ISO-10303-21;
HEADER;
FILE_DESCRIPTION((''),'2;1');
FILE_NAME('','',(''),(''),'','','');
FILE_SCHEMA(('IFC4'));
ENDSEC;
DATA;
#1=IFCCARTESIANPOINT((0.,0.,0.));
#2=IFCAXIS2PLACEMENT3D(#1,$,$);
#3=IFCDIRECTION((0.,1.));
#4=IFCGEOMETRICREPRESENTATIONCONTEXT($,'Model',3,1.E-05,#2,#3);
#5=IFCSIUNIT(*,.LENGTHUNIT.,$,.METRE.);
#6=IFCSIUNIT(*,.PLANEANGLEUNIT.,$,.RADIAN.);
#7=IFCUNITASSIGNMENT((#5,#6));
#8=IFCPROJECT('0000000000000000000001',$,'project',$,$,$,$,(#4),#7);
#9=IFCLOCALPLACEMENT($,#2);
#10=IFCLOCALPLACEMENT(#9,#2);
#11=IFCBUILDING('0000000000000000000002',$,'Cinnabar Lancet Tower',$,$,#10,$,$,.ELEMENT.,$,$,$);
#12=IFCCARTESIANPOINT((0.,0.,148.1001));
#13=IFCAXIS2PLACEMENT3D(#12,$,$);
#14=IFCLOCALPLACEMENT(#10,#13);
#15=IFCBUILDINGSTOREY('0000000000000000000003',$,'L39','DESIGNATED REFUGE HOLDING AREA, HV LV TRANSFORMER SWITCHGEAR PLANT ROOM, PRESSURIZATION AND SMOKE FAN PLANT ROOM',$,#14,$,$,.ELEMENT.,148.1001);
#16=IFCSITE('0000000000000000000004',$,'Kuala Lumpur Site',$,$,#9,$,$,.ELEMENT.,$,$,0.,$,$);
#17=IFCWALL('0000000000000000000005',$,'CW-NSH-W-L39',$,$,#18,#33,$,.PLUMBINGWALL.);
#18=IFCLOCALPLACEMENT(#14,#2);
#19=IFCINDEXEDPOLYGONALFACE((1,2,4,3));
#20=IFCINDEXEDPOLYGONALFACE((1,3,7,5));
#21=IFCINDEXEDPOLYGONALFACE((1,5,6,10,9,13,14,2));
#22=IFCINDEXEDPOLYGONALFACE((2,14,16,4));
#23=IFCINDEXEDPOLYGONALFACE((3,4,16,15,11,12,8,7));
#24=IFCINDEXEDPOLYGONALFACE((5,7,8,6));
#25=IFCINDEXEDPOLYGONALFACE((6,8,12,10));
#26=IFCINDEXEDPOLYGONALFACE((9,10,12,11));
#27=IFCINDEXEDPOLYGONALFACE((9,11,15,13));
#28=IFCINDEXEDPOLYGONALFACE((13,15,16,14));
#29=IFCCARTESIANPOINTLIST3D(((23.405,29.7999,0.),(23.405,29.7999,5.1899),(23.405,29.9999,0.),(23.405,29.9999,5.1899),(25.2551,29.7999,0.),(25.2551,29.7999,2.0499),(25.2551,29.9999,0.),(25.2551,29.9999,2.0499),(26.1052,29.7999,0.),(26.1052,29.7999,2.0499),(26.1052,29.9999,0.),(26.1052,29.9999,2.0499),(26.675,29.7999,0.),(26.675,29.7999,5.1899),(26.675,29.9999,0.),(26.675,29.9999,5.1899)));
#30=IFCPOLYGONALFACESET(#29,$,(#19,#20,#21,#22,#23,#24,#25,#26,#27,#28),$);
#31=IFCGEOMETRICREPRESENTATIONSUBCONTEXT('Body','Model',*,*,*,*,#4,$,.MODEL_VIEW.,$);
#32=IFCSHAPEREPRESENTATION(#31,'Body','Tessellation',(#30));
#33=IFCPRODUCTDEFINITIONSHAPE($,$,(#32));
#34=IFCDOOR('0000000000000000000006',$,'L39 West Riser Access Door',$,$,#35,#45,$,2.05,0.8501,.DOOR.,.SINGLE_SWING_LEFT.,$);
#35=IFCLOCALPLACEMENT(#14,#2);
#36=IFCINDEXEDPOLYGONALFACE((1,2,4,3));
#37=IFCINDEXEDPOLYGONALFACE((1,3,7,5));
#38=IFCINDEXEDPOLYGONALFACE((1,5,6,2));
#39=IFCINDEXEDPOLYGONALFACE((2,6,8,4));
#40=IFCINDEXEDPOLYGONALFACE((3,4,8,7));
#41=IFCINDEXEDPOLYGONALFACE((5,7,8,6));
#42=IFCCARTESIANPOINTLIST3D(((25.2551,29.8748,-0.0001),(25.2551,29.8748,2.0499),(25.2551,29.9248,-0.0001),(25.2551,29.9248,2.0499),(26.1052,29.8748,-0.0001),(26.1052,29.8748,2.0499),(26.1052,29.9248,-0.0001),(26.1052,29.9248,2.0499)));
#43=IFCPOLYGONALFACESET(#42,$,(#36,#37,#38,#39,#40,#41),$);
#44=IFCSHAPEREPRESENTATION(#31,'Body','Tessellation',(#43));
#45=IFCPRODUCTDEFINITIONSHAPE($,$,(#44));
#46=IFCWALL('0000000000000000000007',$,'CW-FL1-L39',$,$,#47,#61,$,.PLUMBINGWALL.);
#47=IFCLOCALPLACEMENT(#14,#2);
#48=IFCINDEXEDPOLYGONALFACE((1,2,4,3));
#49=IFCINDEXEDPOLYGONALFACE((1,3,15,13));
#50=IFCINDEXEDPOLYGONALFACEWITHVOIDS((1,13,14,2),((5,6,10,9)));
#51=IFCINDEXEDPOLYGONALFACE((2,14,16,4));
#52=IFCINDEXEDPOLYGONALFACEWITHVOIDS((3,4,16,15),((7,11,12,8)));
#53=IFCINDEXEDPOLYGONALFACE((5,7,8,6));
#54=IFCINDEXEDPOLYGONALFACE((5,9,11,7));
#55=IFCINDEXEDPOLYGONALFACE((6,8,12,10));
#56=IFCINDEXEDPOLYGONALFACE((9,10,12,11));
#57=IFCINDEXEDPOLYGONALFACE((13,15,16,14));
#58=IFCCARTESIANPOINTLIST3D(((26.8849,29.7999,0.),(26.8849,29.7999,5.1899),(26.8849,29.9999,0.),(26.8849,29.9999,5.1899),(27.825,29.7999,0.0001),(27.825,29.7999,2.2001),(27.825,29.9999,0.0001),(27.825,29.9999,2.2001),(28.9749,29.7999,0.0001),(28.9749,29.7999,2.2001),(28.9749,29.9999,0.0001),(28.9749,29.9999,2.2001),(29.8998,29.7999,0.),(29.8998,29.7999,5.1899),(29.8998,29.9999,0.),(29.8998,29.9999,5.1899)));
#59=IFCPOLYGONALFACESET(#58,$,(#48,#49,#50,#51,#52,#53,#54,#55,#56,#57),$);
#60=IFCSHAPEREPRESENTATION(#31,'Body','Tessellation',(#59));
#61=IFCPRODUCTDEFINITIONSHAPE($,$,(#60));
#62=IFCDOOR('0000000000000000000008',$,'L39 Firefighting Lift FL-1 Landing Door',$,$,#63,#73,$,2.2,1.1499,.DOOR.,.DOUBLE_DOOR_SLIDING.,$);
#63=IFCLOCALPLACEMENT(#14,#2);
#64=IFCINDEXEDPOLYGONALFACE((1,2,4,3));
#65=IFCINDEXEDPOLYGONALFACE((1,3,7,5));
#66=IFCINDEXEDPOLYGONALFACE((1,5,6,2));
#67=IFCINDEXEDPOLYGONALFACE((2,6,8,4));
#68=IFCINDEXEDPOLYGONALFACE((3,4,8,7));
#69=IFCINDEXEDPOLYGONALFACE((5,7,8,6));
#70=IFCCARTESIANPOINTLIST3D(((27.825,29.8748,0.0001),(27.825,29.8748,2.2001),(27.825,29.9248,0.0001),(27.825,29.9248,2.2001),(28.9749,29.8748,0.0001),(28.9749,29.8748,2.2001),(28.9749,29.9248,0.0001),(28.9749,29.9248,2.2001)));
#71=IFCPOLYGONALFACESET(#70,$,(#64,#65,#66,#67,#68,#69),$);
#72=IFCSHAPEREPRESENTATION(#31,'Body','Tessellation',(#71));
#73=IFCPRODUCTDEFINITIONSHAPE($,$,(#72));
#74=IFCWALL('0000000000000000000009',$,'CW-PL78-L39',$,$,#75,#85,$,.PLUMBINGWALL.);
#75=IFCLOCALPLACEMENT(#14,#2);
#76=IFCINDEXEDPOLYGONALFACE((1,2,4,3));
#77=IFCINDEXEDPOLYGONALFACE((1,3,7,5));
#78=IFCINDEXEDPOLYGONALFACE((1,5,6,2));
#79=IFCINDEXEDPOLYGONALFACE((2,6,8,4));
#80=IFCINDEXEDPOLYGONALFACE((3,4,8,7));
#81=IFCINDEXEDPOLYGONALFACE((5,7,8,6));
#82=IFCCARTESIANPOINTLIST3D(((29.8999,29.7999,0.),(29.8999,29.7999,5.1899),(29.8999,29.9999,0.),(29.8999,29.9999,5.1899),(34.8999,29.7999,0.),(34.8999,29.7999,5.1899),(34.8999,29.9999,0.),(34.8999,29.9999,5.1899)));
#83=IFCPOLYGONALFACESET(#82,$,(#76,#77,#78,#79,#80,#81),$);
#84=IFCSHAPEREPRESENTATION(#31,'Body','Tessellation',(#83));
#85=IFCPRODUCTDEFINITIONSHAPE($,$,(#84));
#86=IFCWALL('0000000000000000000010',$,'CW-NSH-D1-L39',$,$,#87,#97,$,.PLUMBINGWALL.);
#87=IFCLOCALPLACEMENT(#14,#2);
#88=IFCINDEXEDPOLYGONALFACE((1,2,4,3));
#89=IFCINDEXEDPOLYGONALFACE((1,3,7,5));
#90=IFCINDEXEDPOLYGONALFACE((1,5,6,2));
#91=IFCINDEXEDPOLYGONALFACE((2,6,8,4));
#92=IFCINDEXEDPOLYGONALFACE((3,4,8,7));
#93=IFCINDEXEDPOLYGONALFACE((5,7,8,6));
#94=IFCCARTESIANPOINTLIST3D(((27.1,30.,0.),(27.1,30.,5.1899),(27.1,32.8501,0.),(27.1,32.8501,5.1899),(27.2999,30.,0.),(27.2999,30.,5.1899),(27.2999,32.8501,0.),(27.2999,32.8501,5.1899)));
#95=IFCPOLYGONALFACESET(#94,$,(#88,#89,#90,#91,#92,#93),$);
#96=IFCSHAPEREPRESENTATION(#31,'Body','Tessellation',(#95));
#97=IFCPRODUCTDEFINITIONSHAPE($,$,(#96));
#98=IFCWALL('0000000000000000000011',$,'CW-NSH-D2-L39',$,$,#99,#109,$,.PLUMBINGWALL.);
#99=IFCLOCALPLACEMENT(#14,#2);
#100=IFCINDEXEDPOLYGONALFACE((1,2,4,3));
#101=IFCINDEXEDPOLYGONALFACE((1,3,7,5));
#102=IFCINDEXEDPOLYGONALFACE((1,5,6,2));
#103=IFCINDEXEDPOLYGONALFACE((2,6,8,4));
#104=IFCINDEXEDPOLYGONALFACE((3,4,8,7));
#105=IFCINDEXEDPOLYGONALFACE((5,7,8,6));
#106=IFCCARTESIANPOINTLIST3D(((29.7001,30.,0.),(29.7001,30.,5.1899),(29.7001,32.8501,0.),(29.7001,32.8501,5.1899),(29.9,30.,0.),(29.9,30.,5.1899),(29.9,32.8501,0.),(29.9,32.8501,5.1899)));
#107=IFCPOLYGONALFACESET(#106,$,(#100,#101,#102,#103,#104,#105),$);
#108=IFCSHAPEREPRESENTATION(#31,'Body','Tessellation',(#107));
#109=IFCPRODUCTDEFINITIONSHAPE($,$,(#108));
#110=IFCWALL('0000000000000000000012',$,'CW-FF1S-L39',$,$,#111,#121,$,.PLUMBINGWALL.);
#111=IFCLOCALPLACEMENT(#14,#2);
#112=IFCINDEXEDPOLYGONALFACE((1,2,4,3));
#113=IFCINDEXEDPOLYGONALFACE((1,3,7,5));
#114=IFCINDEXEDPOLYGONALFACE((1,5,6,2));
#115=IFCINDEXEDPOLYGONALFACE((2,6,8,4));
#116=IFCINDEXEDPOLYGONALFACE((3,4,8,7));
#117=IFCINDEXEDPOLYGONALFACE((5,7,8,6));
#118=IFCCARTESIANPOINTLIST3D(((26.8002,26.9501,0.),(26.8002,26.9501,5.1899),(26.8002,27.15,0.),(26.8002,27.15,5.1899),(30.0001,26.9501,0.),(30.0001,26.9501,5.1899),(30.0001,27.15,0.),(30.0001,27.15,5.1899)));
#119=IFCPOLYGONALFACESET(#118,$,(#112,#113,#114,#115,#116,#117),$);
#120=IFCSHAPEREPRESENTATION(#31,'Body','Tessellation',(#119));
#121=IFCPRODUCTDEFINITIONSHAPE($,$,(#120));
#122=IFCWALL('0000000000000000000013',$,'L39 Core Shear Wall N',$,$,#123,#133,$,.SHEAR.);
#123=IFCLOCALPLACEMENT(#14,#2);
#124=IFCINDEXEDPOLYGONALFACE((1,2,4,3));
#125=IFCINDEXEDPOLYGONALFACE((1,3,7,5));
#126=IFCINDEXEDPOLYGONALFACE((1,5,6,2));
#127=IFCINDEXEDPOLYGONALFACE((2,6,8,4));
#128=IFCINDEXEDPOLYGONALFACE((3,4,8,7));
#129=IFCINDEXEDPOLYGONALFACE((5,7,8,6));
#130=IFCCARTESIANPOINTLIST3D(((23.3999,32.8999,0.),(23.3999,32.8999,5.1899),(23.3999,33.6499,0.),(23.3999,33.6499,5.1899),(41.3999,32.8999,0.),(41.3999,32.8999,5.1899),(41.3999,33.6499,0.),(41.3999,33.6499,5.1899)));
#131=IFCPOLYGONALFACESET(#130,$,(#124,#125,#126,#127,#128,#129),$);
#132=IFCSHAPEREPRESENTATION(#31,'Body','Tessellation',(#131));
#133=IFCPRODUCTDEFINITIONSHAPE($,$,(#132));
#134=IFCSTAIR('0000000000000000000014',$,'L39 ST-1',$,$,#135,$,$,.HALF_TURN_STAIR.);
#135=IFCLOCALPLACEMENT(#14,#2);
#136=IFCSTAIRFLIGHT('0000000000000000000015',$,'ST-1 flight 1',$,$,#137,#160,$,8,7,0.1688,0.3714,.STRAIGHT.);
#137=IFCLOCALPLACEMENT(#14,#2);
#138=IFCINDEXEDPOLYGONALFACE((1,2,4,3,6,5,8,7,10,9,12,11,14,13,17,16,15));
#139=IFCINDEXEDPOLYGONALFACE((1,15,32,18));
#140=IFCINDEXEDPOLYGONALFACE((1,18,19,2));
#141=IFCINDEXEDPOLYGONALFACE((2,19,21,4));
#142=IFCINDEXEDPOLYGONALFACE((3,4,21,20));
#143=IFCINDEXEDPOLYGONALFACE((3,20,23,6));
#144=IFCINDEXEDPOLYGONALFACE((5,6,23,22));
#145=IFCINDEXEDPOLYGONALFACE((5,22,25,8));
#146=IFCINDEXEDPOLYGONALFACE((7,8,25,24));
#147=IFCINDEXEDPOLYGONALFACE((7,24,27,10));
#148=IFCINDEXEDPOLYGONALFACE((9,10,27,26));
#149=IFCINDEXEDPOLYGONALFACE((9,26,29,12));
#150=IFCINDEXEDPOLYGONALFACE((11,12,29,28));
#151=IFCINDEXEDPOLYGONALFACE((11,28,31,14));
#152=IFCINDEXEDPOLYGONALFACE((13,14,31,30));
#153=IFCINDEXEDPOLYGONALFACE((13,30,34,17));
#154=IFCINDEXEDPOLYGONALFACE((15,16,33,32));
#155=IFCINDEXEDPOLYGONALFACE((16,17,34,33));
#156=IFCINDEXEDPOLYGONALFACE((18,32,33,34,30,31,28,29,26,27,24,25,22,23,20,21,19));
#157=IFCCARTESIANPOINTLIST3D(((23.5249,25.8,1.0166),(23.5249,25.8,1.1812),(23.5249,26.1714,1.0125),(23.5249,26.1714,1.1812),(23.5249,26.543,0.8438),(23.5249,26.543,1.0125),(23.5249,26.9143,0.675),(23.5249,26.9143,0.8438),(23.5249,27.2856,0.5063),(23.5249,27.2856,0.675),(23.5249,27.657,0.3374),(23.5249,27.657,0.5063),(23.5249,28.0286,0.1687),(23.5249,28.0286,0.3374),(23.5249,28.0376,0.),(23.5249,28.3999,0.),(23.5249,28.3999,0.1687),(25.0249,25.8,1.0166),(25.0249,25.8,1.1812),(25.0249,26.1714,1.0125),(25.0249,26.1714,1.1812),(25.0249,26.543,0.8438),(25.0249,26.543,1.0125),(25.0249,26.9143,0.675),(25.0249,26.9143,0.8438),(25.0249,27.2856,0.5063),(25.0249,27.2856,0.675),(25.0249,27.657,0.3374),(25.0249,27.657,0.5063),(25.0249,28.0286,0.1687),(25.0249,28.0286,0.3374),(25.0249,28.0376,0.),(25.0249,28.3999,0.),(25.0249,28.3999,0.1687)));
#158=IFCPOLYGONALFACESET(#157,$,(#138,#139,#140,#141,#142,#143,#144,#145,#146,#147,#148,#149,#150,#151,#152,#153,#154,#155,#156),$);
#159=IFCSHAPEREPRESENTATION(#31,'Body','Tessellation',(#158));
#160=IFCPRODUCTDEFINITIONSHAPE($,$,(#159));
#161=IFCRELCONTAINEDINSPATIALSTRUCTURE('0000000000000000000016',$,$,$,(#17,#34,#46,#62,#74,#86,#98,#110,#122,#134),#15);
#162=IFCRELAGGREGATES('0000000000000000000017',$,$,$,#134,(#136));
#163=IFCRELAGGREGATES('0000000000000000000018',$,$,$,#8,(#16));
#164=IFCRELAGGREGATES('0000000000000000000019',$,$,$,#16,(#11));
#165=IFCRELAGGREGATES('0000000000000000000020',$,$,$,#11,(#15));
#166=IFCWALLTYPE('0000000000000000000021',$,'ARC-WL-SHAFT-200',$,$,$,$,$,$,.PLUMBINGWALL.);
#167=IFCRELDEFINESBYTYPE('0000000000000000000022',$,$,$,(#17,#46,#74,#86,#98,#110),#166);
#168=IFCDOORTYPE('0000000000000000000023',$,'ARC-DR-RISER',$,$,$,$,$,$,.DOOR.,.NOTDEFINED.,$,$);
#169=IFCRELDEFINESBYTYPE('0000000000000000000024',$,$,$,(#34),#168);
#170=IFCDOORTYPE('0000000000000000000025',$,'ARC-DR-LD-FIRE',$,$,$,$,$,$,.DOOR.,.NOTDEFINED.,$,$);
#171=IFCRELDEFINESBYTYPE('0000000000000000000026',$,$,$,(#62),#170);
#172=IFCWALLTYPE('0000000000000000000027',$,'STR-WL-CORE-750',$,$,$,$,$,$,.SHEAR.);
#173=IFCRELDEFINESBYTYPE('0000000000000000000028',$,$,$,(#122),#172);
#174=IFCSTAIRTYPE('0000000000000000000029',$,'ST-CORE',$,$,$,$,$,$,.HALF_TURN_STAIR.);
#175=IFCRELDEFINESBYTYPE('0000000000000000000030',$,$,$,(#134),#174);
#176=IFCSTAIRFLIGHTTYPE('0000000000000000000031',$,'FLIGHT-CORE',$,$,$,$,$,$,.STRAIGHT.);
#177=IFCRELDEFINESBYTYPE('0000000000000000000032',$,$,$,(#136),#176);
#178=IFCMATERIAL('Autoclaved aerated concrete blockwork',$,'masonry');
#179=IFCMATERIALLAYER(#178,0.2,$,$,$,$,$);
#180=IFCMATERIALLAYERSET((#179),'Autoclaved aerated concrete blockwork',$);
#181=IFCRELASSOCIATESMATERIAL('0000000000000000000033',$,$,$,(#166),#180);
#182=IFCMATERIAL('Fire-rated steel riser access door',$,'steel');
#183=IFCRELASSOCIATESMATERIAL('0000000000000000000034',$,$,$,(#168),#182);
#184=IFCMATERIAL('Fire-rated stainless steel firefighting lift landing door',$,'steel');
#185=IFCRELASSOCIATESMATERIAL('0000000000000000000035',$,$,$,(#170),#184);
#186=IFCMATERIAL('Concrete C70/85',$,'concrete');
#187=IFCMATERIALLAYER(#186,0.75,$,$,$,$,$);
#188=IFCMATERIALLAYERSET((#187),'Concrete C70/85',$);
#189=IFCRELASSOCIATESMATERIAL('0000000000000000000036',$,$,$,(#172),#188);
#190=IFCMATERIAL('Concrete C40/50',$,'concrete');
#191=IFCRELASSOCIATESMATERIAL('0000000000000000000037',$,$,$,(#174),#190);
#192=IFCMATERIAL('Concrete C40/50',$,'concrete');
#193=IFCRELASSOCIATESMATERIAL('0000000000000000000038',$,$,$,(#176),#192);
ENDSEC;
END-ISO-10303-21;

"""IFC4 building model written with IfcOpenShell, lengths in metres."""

from ifc_helpers import new_model, si_unit, direction, frame, frame_2d, origin, place, context, subcontext, project, spatial, polyline, rectangle, outline, extrude, material, layer, layer_set, type_object, element, fill, aggregate, save


model = new_model("IFC4")

# Units and contexts
model_context = context("Model", 3, precision=1e-05, world=origin(), true_north=direction((0.0, 1.0)))
body_context = subcontext(model_context, "Body", "Model", "MODEL_VIEW")
ifc_project = project(units=[si_unit("LENGTHUNIT", "METRE"), si_unit("PLANEANGLEUNIT", "RADIAN")], contexts=[model_context])

# Site, building, storey
site_placement = place(None, origin())
site = spatial("IfcSite", under=ifc_project, at=site_placement, Name="Kuala Lumpur Site", CompositionType="ELEMENT", RefElevation=0.0)
building_placement = place(site_placement, origin())
building = spatial("IfcBuilding", under=site, at=building_placement, Name="Cinnabar Lancet Tower", CompositionType="ELEMENT")
storey_placement = place(building_placement, frame((0.0, 0.0, 148.1001)))
storey = spatial("IfcBuildingStorey", under=building, at=storey_placement, Name="L39", Description="DESIGNATED REFUGE HOLDING AREA, HV LV TRANSFORMER SWITCHGEAR PLANT ROOM, PRESSURIZATION AND SMOKE FAN PLANT ROOM", CompositionType="ELEMENT", Elevation=148.1001)

# Walls, openings, doors
ifc_material_1 = material(Name="Autoclaved aerated concrete blockwork", Category="masonry")
ifc_layer_1 = layer(ifc_material_1, 0.2)
ifc_layer_set_1 = layer_set([ifc_layer_1], Name="Autoclaved aerated concrete blockwork")
wall_type_1 = type_object("IfcWallType", Name="ARC-WL-SHAFT-200", PredefinedType="PLUMBINGWALL", material=ifc_layer_set_1)
wall_1_placement = place(storey_placement, frame((23.405, 29.8999, 0.0), z_axis=(0.0, 0.0, 1.0), x_axis=(1.0, 0.0, 0.0)))
wall_1 = element("IfcWall", 1, at=wall_1_placement, inside=storey, type_object=wall_type_1, Name="CW-NSH-W-L39", PredefinedType="PLUMBINGWALL", context=body_context, shape_type="SweptSolid", body=[
    extrude(rectangle(XDim=3.27, YDim=0.2, at=frame_2d((1.635, 0.0))), origin(), (0.0, 0.0, 1.0), 5.1899),
])
opening_1_placement = place(wall_1_placement, frame((1.8501, 0.0, 0.0)))
opening_1 = element("IfcOpeningElement", 2, at=opening_1_placement, cuts=wall_1, PredefinedType="OPENING", context=body_context, shape_type="SweptSolid", body=[
    extrude(rectangle(XDim=0.8501, YDim=2.05, at=frame_2d((0.425, 1.0249))), frame((0.0, 0.1099, 0.0), z_axis=(0.0, -1.0, 0.0), x_axis=(1.0, 0.0, 0.0)), (0.0, 0.0, 1.0), 0.22),
])
ifc_material_2 = material(Name="Fire-rated steel riser access door", Category="steel")
door_type_1 = type_object("IfcDoorType", Name="ARC-DR-RISER", OperationType="NOTDEFINED", PredefinedType="DOOR", material=ifc_material_2)
door_1_placement = place(opening_1_placement, origin())
door_1 = element("IfcDoor", 3, at=door_1_placement, inside=storey, type_object=door_type_1, Name="L39 West Riser Access Door", OperationType="SINGLE_SWING_LEFT", OverallHeight=2.05, OverallWidth=0.8501, PredefinedType="DOOR", context=body_context, shape_type="SweptSolid", body=[
    extrude(rectangle(XDim=0.8501, YDim=2.05, at=frame_2d((0.425, 1.0249))), frame((0.0, 0.0249, 0.0), z_axis=(0.0, -1.0, 0.0), x_axis=(1.0, 0.0, 0.0)), (0.0, 0.0, 1.0), 0.05),
])
fill(opening_1, door_1)
wall_2_placement = place(storey_placement, frame((26.885, 29.8999, 0.0), z_axis=(0.0, 0.0, 1.0), x_axis=(1.0, 0.0, 0.0)))
wall_2 = element("IfcWall", 4, at=wall_2_placement, inside=storey, type_object=wall_type_1, Name="CW-FL1-L39", PredefinedType="PLUMBINGWALL", context=body_context, shape_type="SweptSolid", body=[
    extrude(rectangle(XDim=3.0149, YDim=0.2, at=frame_2d((1.5073, 0.0))), origin(), (0.0, 0.0, 1.0), 5.1899),
])
opening_2_placement = place(wall_2_placement, frame((0.9399, 0.0, 0.0)))
opening_2 = element("IfcOpeningElement", 5, at=opening_2_placement, cuts=wall_2, PredefinedType="OPENING", context=body_context, shape_type="SweptSolid", body=[
    extrude(rectangle(XDim=1.1499, YDim=2.2, at=frame_2d((0.575, 1.1001))), frame((0.0, 0.1099, 0.0), z_axis=(0.0, -1.0, 0.0), x_axis=(1.0, 0.0, 0.0)), (0.0, 0.0, 1.0), 0.22),
])
ifc_material_3 = material(Name="Fire-rated stainless steel firefighting lift landing door", Category="steel")
door_type_2 = type_object("IfcDoorType", Name="ARC-DR-LD-FIRE", OperationType="NOTDEFINED", PredefinedType="DOOR", material=ifc_material_3)
door_2_placement = place(opening_2_placement, origin())
door_2 = element("IfcDoor", 6, at=door_2_placement, inside=storey, type_object=door_type_2, Name="L39 Firefighting Lift FL-1 Landing Door", OperationType="DOUBLE_DOOR_SLIDING", OverallHeight=2.2, OverallWidth=1.1499, PredefinedType="DOOR", context=body_context, shape_type="SweptSolid", body=[
    extrude(rectangle(XDim=1.1499, YDim=2.2, at=frame_2d((0.575, 1.1001))), frame((0.0, 0.0249, 0.0), z_axis=(0.0, -1.0, 0.0), x_axis=(1.0, 0.0, 0.0)), (0.0, 0.0, 1.0), 0.05),
])
fill(opening_2, door_2)

# Walls
wall_3_placement = place(storey_placement, frame((29.8999, 29.8999, 0.0), z_axis=(0.0, 0.0, 1.0), x_axis=(1.0, 0.0, 0.0)))
element("IfcWall", 7, at=wall_3_placement, inside=storey, type_object=wall_type_1, Name="CW-PL78-L39", PredefinedType="PLUMBINGWALL", context=body_context, shape_type="SweptSolid", body=[
    extrude(rectangle(XDim=5.0, YDim=0.2, at=frame_2d((2.5, 0.0))), origin(), (0.0, 0.0, 1.0), 5.1899),
])
for number, where, z_axis, x_axis, name in (
    (8, (27.2, 30.0, 0.0), (0.0, 0.0, 1.0), (0.0, 1.0, 0.0), "CW-NSH-D1-L39"),
    (9, (29.8, 30.0, 0.0), (0.0, 0.0, 1.0), (0.0, 1.0, 0.0), "CW-NSH-D2-L39"),
):
    element("IfcWall", number, at=place(storey_placement, frame(where, z_axis=z_axis, x_axis=x_axis)), inside=storey, type_object=wall_type_1, Name=name, PredefinedType="PLUMBINGWALL", context=body_context, shape_type="SweptSolid", body=[
        extrude(rectangle(XDim=2.8501, YDim=0.2, at=frame_2d((1.425, 0.0))), origin(), (0.0, 0.0, 1.0), 5.1899),
    ])
wall_4_placement = place(storey_placement, frame((26.8, 27.05, 0.0), z_axis=(0.0, 0.0, 1.0), x_axis=(1.0, 0.0, 0.0)))
element("IfcWall", 10, at=wall_4_placement, inside=storey, type_object=wall_type_1, Name="CW-FF1S-L39", PredefinedType="PLUMBINGWALL", context=body_context, shape_type="SweptSolid", body=[
    extrude(rectangle(XDim=3.2, YDim=0.2, at=frame_2d((1.6001, 0.0))), origin(), (0.0, 0.0, 1.0), 5.1899),
])
ifc_material_4 = material(Name="Concrete C70/85", Category="concrete")
ifc_layer_2 = layer(ifc_material_4, 0.75)
ifc_layer_set_2 = layer_set([ifc_layer_2], Name="Concrete C70/85")
wall_type_2 = type_object("IfcWallType", Name="STR-WL-CORE-750", PredefinedType="SHEAR", material=ifc_layer_set_2)
wall_5_placement = place(storey_placement, frame((23.3999, 33.2749, 0.0), z_axis=(0.0, 0.0, 1.0), x_axis=(1.0, 0.0, 0.0)))
element("IfcWall", 11, at=wall_5_placement, inside=storey, type_object=wall_type_2, Name="L39 Core Shear Wall N", PredefinedType="SHEAR", context=body_context, shape_type="SweptSolid", body=[
    extrude(rectangle(XDim=18.0, YDim=0.75, at=frame_2d((9.0, 0.0))), origin(), (0.0, 0.0, 1.0), 5.1899),
])

# Stair, stair flight
ifc_material_5 = material(Name="Concrete C40/50", Category="concrete")
stair_type = type_object("IfcStairType", Name="ST-CORE", PredefinedType="HALF_TURN_STAIR", material=ifc_material_5)
stair_placement = place(storey_placement, origin())
stair = element("IfcStair", 12, at=stair_placement, inside=storey, type_object=stair_type, Name="L39 ST-1", PredefinedType="HALF_TURN_STAIR")
ifc_material_6 = material(Name="Concrete C40/50", Category="concrete")
stair_flight_type = type_object("IfcStairFlightType", Name="FLIGHT-CORE", PredefinedType="STRAIGHT", material=ifc_material_6)
stair_flight_1_placement = place(storey_placement, frame((24.2749, 28.3999, 0.0), z_axis=(0.0, 0.0, 1.0), x_axis=(0.0, -1.0, 0.0)))
stair_flight_1 = element("IfcStairFlight", 13, at=stair_flight_1_placement, type_object=stair_flight_type, Name="ST-1 flight 1", NumberOfRisers=8, NumberOfTreads=7, PredefinedType="STRAIGHT", RiserHeight=0.1688, TreadLength=0.3714, context=body_context, shape_type="SweptSolid", body=[
    extrude(outline(polyline([(0.0, 0.0), (0.0, 0.1687), (0.3713, 0.1687), (0.3713, 0.3374), (0.7429, 0.3374), (0.7429, 0.5063), (1.1143, 0.5063), (1.1143, 0.675), (1.4856, 0.675), (1.4856, 0.8438), (1.8569, 0.8438), (1.8569, 1.0125), (2.2285, 1.0125), (2.2285, 1.1812), (2.5999, 1.1812), (2.5999, 1.3501), (2.5999, 1.0166), (0.3623, 0.0), (0.0, 0.0)])), frame((0.0, 0.75, 0.0), z_axis=(0.0, -1.0, 0.0), x_axis=(1.0, 0.0, 0.0)), (0.0, 0.0, 1.0), 1.5),
])
aggregate(stair, [stair_flight_1])

save(model, "model.ifc")
